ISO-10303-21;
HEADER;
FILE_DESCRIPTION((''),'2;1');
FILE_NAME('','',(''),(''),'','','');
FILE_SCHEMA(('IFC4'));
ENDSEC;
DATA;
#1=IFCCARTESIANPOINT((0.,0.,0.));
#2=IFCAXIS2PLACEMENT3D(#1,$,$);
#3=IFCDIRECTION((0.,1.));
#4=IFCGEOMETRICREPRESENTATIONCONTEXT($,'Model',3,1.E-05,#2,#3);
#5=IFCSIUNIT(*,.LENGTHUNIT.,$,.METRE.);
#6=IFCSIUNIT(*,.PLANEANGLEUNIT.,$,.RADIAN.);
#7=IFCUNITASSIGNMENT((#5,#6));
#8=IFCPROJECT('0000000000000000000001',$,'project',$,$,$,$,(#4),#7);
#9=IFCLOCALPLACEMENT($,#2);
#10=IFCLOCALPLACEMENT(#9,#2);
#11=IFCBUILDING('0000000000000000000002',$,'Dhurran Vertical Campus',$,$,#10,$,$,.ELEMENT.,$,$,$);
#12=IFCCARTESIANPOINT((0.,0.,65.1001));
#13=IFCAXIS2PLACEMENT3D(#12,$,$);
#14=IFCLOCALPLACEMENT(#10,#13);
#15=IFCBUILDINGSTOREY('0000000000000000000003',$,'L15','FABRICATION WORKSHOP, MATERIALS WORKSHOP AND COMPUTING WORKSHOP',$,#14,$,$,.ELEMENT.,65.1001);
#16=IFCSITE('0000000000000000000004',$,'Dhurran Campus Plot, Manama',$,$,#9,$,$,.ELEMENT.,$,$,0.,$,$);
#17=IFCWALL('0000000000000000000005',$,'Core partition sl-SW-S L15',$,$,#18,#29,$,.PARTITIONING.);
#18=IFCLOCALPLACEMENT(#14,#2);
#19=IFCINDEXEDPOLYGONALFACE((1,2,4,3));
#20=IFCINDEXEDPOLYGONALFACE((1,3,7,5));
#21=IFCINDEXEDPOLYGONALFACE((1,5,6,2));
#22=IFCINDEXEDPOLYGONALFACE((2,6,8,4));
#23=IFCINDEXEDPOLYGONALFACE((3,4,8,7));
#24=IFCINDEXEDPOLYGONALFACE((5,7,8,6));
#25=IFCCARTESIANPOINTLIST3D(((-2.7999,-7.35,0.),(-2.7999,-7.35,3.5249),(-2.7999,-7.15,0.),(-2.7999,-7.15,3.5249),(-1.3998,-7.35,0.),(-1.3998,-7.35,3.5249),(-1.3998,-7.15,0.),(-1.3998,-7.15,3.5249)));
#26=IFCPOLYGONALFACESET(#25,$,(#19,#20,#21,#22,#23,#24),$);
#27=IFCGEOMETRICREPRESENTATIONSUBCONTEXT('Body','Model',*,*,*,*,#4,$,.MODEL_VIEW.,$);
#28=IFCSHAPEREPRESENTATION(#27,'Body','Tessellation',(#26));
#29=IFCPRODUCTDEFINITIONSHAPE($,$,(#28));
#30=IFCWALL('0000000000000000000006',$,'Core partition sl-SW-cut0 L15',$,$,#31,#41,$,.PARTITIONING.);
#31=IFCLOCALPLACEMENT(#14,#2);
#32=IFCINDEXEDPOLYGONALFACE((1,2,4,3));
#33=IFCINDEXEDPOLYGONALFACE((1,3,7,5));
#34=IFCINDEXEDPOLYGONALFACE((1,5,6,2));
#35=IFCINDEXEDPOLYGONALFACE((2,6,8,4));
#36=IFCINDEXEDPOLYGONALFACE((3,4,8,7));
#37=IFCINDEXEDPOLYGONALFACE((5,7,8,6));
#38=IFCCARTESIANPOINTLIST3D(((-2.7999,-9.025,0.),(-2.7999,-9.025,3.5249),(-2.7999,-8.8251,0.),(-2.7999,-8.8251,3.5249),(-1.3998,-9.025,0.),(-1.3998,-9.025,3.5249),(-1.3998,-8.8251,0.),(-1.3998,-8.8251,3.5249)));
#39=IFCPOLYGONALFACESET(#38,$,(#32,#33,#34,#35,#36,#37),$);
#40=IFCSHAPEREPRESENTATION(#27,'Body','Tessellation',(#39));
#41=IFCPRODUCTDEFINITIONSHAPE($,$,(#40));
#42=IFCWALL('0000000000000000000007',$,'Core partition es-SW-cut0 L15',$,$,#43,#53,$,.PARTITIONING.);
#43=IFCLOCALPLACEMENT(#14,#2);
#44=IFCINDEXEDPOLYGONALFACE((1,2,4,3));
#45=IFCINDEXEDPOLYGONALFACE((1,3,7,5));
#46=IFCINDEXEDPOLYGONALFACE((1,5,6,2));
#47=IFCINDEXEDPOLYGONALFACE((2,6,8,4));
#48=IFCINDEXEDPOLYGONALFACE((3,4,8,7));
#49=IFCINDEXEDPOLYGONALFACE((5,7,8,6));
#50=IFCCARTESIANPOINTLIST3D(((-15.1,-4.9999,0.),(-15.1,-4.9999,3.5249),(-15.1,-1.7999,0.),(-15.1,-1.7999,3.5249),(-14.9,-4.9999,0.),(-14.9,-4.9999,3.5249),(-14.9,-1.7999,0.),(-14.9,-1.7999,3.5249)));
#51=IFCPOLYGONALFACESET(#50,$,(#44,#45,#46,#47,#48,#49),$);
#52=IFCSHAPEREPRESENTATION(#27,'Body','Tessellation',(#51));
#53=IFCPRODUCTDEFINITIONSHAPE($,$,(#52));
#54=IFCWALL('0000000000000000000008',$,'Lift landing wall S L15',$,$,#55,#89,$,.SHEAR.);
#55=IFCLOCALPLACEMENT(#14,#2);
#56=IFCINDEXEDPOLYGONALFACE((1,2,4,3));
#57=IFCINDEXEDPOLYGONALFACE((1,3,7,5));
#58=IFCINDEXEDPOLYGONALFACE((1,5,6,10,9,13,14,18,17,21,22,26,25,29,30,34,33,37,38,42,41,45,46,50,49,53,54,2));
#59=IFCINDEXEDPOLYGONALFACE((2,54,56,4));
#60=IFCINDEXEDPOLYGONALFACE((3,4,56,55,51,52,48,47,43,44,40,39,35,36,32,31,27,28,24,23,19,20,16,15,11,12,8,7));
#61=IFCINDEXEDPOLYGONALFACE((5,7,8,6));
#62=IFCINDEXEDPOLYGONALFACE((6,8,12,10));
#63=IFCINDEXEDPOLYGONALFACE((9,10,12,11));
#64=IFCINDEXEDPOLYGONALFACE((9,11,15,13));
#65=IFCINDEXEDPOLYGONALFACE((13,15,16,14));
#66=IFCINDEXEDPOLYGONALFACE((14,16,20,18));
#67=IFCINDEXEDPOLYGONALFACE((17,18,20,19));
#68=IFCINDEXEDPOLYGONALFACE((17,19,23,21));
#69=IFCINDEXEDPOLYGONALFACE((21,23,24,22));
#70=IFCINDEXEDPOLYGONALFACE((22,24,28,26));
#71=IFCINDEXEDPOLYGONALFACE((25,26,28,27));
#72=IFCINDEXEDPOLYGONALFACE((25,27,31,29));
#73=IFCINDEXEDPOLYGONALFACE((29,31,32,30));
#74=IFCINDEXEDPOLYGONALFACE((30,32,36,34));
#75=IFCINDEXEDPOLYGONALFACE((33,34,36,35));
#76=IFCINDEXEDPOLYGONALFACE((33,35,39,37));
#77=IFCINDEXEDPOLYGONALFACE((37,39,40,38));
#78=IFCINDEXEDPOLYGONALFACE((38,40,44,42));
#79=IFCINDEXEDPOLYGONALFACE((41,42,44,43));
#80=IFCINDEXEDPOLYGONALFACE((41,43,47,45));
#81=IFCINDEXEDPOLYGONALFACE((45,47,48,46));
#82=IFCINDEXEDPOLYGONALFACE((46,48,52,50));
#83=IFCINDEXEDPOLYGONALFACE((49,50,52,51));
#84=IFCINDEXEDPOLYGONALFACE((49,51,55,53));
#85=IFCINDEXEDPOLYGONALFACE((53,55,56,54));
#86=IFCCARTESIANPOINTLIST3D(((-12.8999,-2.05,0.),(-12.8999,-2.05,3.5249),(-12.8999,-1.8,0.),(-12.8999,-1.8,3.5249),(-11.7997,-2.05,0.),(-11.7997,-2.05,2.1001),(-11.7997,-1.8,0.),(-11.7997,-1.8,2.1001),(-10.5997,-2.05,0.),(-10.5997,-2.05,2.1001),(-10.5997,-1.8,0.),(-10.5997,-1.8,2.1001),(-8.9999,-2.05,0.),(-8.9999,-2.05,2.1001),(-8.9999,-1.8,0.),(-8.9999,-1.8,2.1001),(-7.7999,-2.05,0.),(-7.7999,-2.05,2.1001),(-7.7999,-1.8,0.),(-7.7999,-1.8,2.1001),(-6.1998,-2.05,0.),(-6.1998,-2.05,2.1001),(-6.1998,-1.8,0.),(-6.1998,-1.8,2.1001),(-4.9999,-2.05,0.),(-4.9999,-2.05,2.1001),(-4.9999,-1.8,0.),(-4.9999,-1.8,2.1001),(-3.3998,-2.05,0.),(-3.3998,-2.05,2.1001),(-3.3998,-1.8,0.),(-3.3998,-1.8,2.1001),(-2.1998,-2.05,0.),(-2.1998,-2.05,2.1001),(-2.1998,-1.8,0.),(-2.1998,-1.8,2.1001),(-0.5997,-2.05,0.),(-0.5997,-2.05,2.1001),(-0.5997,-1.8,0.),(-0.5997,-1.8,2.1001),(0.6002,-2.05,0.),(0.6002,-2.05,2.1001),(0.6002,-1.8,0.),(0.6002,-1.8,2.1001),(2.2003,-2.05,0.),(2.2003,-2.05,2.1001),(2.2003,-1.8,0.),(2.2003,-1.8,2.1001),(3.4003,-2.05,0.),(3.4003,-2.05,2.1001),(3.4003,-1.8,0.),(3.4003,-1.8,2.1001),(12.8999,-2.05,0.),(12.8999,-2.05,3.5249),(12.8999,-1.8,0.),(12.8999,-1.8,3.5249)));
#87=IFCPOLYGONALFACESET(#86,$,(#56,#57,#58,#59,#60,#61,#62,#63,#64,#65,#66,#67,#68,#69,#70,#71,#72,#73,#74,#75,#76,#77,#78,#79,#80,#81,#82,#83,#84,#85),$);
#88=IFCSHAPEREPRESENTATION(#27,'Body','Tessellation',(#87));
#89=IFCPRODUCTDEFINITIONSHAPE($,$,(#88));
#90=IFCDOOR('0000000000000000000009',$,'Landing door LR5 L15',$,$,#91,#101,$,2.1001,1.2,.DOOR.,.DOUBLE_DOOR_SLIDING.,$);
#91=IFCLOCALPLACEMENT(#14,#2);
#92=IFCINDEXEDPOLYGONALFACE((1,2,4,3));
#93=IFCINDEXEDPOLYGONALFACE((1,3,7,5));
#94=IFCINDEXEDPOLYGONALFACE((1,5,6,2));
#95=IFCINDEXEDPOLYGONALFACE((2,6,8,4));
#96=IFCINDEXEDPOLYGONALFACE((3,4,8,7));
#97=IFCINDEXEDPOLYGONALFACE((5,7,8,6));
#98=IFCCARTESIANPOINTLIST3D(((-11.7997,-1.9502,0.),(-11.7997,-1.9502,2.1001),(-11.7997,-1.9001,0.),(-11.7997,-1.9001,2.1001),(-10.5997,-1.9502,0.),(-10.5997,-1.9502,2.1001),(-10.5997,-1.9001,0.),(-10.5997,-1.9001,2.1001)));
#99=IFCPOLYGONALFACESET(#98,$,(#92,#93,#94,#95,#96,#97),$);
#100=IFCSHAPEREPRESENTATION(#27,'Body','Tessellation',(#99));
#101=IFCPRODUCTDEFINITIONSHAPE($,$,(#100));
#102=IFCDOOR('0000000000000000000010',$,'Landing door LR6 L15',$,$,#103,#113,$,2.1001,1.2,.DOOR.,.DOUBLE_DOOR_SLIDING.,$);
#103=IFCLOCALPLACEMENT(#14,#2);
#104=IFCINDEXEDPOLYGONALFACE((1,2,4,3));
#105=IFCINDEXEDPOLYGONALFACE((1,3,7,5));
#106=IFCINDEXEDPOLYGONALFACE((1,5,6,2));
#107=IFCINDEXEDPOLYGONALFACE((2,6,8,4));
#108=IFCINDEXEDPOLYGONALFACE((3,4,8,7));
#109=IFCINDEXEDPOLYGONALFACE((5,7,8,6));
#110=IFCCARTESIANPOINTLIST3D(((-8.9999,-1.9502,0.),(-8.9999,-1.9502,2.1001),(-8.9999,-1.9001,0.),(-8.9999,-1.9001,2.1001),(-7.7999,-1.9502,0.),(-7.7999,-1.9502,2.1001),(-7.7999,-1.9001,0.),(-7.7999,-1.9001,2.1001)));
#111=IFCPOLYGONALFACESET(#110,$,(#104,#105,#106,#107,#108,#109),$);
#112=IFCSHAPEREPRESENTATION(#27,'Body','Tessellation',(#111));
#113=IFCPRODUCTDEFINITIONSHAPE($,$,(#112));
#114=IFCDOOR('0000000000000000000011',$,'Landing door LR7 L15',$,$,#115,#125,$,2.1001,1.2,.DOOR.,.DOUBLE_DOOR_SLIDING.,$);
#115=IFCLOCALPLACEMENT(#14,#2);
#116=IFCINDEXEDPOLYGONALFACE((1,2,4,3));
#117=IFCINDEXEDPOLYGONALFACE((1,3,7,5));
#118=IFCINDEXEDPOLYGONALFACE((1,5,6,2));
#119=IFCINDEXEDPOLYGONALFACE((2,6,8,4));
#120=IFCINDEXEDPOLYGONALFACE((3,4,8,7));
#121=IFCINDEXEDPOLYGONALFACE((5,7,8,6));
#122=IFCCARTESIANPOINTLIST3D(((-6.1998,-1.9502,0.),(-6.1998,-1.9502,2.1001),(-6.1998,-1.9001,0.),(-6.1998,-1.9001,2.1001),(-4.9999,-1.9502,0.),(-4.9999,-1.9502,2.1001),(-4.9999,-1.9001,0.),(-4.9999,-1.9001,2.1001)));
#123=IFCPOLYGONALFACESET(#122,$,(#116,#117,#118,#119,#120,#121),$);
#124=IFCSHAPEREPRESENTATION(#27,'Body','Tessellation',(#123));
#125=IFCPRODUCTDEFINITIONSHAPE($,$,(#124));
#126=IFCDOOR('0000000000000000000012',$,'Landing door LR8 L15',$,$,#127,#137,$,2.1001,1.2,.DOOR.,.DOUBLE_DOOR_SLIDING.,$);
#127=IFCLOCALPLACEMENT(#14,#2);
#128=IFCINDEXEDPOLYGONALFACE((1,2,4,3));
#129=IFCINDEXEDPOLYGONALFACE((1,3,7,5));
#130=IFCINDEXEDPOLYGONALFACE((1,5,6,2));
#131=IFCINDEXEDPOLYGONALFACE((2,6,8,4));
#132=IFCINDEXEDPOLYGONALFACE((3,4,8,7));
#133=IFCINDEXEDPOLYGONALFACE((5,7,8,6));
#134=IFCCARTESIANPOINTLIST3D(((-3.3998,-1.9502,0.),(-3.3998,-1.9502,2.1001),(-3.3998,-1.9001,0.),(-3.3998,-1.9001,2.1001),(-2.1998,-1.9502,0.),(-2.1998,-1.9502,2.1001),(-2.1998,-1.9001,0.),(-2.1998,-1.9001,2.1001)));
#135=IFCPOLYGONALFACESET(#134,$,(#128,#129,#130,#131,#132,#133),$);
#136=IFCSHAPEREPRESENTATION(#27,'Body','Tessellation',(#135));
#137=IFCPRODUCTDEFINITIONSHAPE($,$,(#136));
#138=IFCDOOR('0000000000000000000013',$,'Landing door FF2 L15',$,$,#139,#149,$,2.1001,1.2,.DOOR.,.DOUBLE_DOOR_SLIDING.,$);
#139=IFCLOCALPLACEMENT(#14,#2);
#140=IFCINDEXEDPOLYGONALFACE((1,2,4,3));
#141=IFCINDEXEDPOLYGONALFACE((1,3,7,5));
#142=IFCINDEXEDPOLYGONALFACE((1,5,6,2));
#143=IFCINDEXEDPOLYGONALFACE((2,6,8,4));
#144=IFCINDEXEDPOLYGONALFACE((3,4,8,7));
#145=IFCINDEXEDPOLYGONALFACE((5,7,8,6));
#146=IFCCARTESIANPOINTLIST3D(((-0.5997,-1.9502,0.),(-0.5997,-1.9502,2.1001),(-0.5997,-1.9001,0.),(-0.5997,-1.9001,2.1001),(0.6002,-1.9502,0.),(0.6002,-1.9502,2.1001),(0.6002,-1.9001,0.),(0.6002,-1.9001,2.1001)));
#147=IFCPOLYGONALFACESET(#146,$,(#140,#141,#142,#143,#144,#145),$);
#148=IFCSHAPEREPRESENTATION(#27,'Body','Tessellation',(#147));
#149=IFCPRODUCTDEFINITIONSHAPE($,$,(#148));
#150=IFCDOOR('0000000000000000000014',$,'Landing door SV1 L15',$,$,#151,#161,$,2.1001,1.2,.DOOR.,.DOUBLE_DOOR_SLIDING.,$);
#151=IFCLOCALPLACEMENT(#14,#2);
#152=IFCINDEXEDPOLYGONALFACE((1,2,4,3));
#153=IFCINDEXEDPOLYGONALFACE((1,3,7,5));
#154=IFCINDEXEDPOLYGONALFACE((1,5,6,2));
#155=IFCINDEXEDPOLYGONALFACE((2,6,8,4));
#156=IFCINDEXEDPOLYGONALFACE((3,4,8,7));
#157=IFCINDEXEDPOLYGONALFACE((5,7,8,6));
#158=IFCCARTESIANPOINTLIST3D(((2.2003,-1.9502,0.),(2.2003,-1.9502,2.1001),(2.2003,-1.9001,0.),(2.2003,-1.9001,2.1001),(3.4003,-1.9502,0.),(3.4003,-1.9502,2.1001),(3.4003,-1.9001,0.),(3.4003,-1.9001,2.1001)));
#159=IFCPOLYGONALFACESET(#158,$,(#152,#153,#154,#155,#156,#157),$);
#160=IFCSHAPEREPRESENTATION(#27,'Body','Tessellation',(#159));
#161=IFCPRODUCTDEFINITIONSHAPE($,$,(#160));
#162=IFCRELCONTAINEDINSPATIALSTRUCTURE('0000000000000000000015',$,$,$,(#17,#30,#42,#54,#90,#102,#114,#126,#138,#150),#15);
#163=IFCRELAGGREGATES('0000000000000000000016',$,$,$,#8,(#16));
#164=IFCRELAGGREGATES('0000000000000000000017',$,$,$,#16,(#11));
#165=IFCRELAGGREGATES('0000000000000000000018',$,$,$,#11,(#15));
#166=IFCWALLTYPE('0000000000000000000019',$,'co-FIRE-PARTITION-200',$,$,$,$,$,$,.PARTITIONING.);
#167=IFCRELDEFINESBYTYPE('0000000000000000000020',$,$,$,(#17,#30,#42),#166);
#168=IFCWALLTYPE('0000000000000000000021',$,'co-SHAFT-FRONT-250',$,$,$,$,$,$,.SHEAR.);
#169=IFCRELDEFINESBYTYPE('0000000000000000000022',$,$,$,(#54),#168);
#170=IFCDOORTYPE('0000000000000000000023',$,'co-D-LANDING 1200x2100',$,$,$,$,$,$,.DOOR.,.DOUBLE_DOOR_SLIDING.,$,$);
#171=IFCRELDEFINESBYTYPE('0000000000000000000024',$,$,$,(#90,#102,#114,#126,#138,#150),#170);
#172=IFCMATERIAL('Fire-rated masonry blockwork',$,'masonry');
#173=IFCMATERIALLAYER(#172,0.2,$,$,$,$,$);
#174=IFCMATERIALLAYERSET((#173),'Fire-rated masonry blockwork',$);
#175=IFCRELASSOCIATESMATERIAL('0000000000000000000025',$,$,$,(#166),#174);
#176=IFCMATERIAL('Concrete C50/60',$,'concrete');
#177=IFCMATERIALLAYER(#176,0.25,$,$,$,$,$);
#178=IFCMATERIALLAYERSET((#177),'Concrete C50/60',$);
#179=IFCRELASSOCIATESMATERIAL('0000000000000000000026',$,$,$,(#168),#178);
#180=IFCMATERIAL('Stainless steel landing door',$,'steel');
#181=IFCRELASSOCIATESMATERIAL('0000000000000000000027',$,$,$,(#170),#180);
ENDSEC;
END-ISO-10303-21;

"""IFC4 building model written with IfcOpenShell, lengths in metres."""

from ifc_helpers import new_model, si_unit, direction, frame, frame_2d, origin, place, context, subcontext, project, spatial, rectangle, extrude, material, layer, layer_set, type_object, element, fill, save


model = new_model("IFC4")

# Units and contexts
model_context = context("Model", 3, precision=1e-05, world=origin(), true_north=direction((0.0, 1.0)))
body_context = subcontext(model_context, "Body", "Model", "MODEL_VIEW")
ifc_project = project(units=[si_unit("LENGTHUNIT", "METRE"), si_unit("PLANEANGLEUNIT", "RADIAN")], contexts=[model_context])

# Site, building, storey
site_placement = place(None, origin())
site = spatial("IfcSite", under=ifc_project, at=site_placement, Name="Dhurran Campus Plot, Manama", CompositionType="ELEMENT", RefElevation=0.0)
building_placement = place(site_placement, origin())
building = spatial("IfcBuilding", under=site, at=building_placement, Name="Dhurran Vertical Campus", CompositionType="ELEMENT")
storey_placement = place(building_placement, frame((0.0, 0.0, 65.1001)))
storey = spatial("IfcBuildingStorey", under=building, at=storey_placement, Name="L15", Description="FABRICATION WORKSHOP, MATERIALS WORKSHOP AND COMPUTING WORKSHOP", CompositionType="ELEMENT", Elevation=65.1001)

# Shared definitions
ifc_material_1 = material(Name="Fire-rated masonry blockwork", Category="masonry")
ifc_layer_1 = layer(ifc_material_1, 0.2)
ifc_layer_set_1 = layer_set([ifc_layer_1], Name="Fire-rated masonry blockwork")
wall_type_1 = type_object("IfcWallType", Name="co-FIRE-PARTITION-200", PredefinedType="PARTITIONING", material=ifc_layer_set_1)

# Walls
for number, where, z_axis, x_axis, name in (
    (1, (-2.8, -7.25, 0.0), (0.0, 0.0, 1.0), (1.0, 0.0, 0.0), "Core partition sl-SW-S L15"),
    (2, (-2.8, -8.925, 0.0), (0.0, 0.0, 1.0), (1.0, 0.0, 0.0), "Core partition sl-SW-cut0 L15"),
):
    element("IfcWall", number, at=place(storey_placement, frame(where, z_axis=z_axis, x_axis=x_axis)), inside=storey, type_object=wall_type_1, Name=name, PredefinedType="PARTITIONING", context=body_context, shape_type="SweptSolid", body=[
        extrude(rectangle(XDim=1.4001, YDim=0.2, at=frame_2d((0.7002, 0.0))), origin(), (0.0, 0.0, 1.0), 3.5249),
    ])
wall_1_placement = place(storey_placement, frame((-15.0, -5.0, 0.0), z_axis=(0.0, 0.0, 1.0), x_axis=(0.0, 1.0, 0.0)))
element("IfcWall", 3, at=wall_1_placement, inside=storey, type_object=wall_type_1, Name="Core partition es-SW-cut0 L15", PredefinedType="PARTITIONING", context=body_context, shape_type="SweptSolid", body=[
    extrude(rectangle(XDim=3.2, YDim=0.2, at=frame_2d((1.6001, 0.0))), origin(), (0.0, 0.0, 1.0), 3.5249),
])

# Wall, openings, doors
ifc_material_2 = material(Name="Concrete C50/60", Category="concrete")
ifc_layer_2 = layer(ifc_material_2, 0.25)
ifc_layer_set_2 = layer_set([ifc_layer_2], Name="Concrete C50/60")
wall_type_2 = type_object("IfcWallType", Name="co-SHAFT-FRONT-250", PredefinedType="SHEAR", material=ifc_layer_set_2)
wall_2_placement = place(storey_placement, frame((-12.8999, -1.925, 0.0), z_axis=(0.0, 0.0, 1.0), x_axis=(1.0, 0.0, 0.0)))
wall_2 = element("IfcWall", 4, at=wall_2_placement, inside=storey, type_object=wall_type_2, Name="Lift landing wall S L15", PredefinedType="SHEAR", context=body_context, shape_type="SweptSolid", body=[
    extrude(rectangle(XDim=25.7998, YDim=0.25, at=frame_2d((12.8999, 0.0))), origin(), (0.0, 0.0, 1.0), 3.5249),
])
opening_1_placement = place(wall_2_placement, frame((1.1001, 0.0, 0.0)))
opening_1 = element("IfcOpeningElement", 5, at=opening_1_placement, cuts=wall_2, PredefinedType="OPENING", context=body_context, shape_type="SweptSolid", body=[
    extrude(rectangle(XDim=1.2, YDim=2.1001, at=frame_2d((0.6001, 1.05))), frame((0.0, 0.135, 0.0), z_axis=(0.0, -1.0, 0.0), x_axis=(1.0, 0.0, 0.0)), (0.0, 0.0, 1.0), 0.27),
])
opening_2_placement = place(wall_2_placement, frame((3.8999, 0.0, 0.0)))
opening_2 = element("IfcOpeningElement", 6, at=opening_2_placement, cuts=wall_2, PredefinedType="OPENING", context=body_context, shape_type="SweptSolid", body=[
    extrude(rectangle(XDim=1.2, YDim=2.1001, at=frame_2d((0.6001, 1.05))), frame((0.0, 0.135, 0.0), z_axis=(0.0, -1.0, 0.0), x_axis=(1.0, 0.0, 0.0)), (0.0, 0.0, 1.0), 0.27),
])
opening_3_placement = place(wall_2_placement, frame((6.7, 0.0, 0.0)))
opening_3 = element("IfcOpeningElement", 7, at=opening_3_placement, cuts=wall_2, PredefinedType="OPENING", context=body_context, shape_type="SweptSolid", body=[
    extrude(rectangle(XDim=1.2, YDim=2.1001, at=frame_2d((0.6001, 1.05))), frame((0.0, 0.135, 0.0), z_axis=(0.0, -1.0, 0.0), x_axis=(1.0, 0.0, 0.0)), (0.0, 0.0, 1.0), 0.27),
])
opening_4_placement = place(wall_2_placement, frame((9.5, 0.0, 0.0)))
opening_4 = element("IfcOpeningElement", 8, at=opening_4_placement, cuts=wall_2, PredefinedType="OPENING", context=body_context, shape_type="SweptSolid", body=[
    extrude(rectangle(XDim=1.2, YDim=2.1001, at=frame_2d((0.6001, 1.05))), frame((0.0, 0.135, 0.0), z_axis=(0.0, -1.0, 0.0), x_axis=(1.0, 0.0, 0.0)), (0.0, 0.0, 1.0), 0.27),
])
opening_5_placement = place(wall_2_placement, frame((12.3, 0.0, 0.0)))
opening_5 = element("IfcOpeningElement", 9, at=opening_5_placement, cuts=wall_2, PredefinedType="OPENING", context=body_context, shape_type="SweptSolid", body=[
    extrude(rectangle(XDim=1.2, YDim=2.1001, at=frame_2d((0.6001, 1.05))), frame((0.0, 0.135, 0.0), z_axis=(0.0, -1.0, 0.0), x_axis=(1.0, 0.0, 0.0)), (0.0, 0.0, 1.0), 0.27),
])
opening_6_placement = place(wall_2_placement, frame((15.1001, 0.0, 0.0)))
opening_6 = element("IfcOpeningElement", 10, at=opening_6_placement, cuts=wall_2, PredefinedType="OPENING", context=body_context, shape_type="SweptSolid", body=[
    extrude(rectangle(XDim=1.2, YDim=2.1001, at=frame_2d((0.6001, 1.05))), frame((0.0, 0.135, 0.0), z_axis=(0.0, -1.0, 0.0), x_axis=(1.0, 0.0, 0.0)), (0.0, 0.0, 1.0), 0.27),
])
ifc_material_3 = material(Name="Stainless steel landing door", Category="steel")
door_type_1 = type_object("IfcDoorType", Name="co-D-LANDING 1200x2100", OperationType="DOUBLE_DOOR_SLIDING", PredefinedType="DOOR", material=ifc_material_3)
door_1_placement = place(opening_1_placement, origin())
door_1 = element("IfcDoor", 11, at=door_1_placement, inside=storey, type_object=door_type_1, Name="Landing door LR5 L15", OperationType="DOUBLE_DOOR_SLIDING", OverallHeight=2.1001, OverallWidth=1.2, PredefinedType="DOOR", context=body_context, shape_type="SweptSolid", body=[
    extrude(rectangle(XDim=1.2, YDim=2.1001, at=frame_2d((0.6001, 1.05))), frame((0.0, 0.0249, 0.0), z_axis=(0.0, -1.0, 0.0), x_axis=(1.0, 0.0, 0.0)), (0.0, 0.0, 1.0), 0.05),
])
fill(opening_1, door_1)
door_2_placement = place(opening_2_placement, origin())
door_2 = element("IfcDoor", 12, at=door_2_placement, inside=storey, type_object=door_type_1, Name="Landing door LR6 L15", OperationType="DOUBLE_DOOR_SLIDING", OverallHeight=2.1001, OverallWidth=1.2, PredefinedType="DOOR", context=body_context, shape_type="SweptSolid", body=[
    extrude(rectangle(XDim=1.2, YDim=2.1001, at=frame_2d((0.6001, 1.05))), frame((0.0, 0.0249, 0.0), z_axis=(0.0, -1.0, 0.0), x_axis=(1.0, 0.0, 0.0)), (0.0, 0.0, 1.0), 0.05),
])
fill(opening_2, door_2)
door_3_placement = place(opening_3_placement, origin())
door_3 = element("IfcDoor", 13, at=door_3_placement, inside=storey, type_object=door_type_1, Name="Landing door LR7 L15", OperationType="DOUBLE_DOOR_SLIDING", OverallHeight=2.1001, OverallWidth=1.2, PredefinedType="DOOR", context=body_context, shape_type="SweptSolid", body=[
    extrude(rectangle(XDim=1.2, YDim=2.1001, at=frame_2d((0.6001, 1.05))), frame((0.0, 0.0249, 0.0), z_axis=(0.0, -1.0, 0.0), x_axis=(1.0, 0.0, 0.0)), (0.0, 0.0, 1.0), 0.05),
])
fill(opening_3, door_3)
door_4_placement = place(opening_4_placement, origin())
door_4 = element("IfcDoor", 14, at=door_4_placement, inside=storey, type_object=door_type_1, Name="Landing door LR8 L15", OperationType="DOUBLE_DOOR_SLIDING", OverallHeight=2.1001, OverallWidth=1.2, PredefinedType="DOOR", context=body_context, shape_type="SweptSolid", body=[
    extrude(rectangle(XDim=1.2, YDim=2.1001, at=frame_2d((0.6001, 1.05))), frame((0.0, 0.0249, 0.0), z_axis=(0.0, -1.0, 0.0), x_axis=(1.0, 0.0, 0.0)), (0.0, 0.0, 1.0), 0.05),
])
fill(opening_4, door_4)
door_5_placement = place(opening_5_placement, origin())
door_5 = element("IfcDoor", 15, at=door_5_placement, inside=storey, type_object=door_type_1, Name="Landing door FF2 L15", OperationType="DOUBLE_DOOR_SLIDING", OverallHeight=2.1001, OverallWidth=1.2, PredefinedType="DOOR", context=body_context, shape_type="SweptSolid", body=[
    extrude(rectangle(XDim=1.2, YDim=2.1001, at=frame_2d((0.6001, 1.05))), frame((0.0, 0.0249, 0.0), z_axis=(0.0, -1.0, 0.0), x_axis=(1.0, 0.0, 0.0)), (0.0, 0.0, 1.0), 0.05),
])
fill(opening_5, door_5)
door_6_placement = place(opening_6_placement, origin())
door_6 = element("IfcDoor", 16, at=door_6_placement, inside=storey, type_object=door_type_1, Name="Landing door SV1 L15", OperationType="DOUBLE_DOOR_SLIDING", OverallHeight=2.1001, OverallWidth=1.2, PredefinedType="DOOR", context=body_context, shape_type="SweptSolid", body=[
    extrude(rectangle(XDim=1.2, YDim=2.1001, at=frame_2d((0.6001, 1.05))), frame((0.0, 0.0249, 0.0), z_axis=(0.0, -1.0, 0.0), x_axis=(1.0, 0.0, 0.0)), (0.0, 0.0, 1.0), 0.05),
])
fill(opening_6, door_6)

save(model, "model.ifc")
